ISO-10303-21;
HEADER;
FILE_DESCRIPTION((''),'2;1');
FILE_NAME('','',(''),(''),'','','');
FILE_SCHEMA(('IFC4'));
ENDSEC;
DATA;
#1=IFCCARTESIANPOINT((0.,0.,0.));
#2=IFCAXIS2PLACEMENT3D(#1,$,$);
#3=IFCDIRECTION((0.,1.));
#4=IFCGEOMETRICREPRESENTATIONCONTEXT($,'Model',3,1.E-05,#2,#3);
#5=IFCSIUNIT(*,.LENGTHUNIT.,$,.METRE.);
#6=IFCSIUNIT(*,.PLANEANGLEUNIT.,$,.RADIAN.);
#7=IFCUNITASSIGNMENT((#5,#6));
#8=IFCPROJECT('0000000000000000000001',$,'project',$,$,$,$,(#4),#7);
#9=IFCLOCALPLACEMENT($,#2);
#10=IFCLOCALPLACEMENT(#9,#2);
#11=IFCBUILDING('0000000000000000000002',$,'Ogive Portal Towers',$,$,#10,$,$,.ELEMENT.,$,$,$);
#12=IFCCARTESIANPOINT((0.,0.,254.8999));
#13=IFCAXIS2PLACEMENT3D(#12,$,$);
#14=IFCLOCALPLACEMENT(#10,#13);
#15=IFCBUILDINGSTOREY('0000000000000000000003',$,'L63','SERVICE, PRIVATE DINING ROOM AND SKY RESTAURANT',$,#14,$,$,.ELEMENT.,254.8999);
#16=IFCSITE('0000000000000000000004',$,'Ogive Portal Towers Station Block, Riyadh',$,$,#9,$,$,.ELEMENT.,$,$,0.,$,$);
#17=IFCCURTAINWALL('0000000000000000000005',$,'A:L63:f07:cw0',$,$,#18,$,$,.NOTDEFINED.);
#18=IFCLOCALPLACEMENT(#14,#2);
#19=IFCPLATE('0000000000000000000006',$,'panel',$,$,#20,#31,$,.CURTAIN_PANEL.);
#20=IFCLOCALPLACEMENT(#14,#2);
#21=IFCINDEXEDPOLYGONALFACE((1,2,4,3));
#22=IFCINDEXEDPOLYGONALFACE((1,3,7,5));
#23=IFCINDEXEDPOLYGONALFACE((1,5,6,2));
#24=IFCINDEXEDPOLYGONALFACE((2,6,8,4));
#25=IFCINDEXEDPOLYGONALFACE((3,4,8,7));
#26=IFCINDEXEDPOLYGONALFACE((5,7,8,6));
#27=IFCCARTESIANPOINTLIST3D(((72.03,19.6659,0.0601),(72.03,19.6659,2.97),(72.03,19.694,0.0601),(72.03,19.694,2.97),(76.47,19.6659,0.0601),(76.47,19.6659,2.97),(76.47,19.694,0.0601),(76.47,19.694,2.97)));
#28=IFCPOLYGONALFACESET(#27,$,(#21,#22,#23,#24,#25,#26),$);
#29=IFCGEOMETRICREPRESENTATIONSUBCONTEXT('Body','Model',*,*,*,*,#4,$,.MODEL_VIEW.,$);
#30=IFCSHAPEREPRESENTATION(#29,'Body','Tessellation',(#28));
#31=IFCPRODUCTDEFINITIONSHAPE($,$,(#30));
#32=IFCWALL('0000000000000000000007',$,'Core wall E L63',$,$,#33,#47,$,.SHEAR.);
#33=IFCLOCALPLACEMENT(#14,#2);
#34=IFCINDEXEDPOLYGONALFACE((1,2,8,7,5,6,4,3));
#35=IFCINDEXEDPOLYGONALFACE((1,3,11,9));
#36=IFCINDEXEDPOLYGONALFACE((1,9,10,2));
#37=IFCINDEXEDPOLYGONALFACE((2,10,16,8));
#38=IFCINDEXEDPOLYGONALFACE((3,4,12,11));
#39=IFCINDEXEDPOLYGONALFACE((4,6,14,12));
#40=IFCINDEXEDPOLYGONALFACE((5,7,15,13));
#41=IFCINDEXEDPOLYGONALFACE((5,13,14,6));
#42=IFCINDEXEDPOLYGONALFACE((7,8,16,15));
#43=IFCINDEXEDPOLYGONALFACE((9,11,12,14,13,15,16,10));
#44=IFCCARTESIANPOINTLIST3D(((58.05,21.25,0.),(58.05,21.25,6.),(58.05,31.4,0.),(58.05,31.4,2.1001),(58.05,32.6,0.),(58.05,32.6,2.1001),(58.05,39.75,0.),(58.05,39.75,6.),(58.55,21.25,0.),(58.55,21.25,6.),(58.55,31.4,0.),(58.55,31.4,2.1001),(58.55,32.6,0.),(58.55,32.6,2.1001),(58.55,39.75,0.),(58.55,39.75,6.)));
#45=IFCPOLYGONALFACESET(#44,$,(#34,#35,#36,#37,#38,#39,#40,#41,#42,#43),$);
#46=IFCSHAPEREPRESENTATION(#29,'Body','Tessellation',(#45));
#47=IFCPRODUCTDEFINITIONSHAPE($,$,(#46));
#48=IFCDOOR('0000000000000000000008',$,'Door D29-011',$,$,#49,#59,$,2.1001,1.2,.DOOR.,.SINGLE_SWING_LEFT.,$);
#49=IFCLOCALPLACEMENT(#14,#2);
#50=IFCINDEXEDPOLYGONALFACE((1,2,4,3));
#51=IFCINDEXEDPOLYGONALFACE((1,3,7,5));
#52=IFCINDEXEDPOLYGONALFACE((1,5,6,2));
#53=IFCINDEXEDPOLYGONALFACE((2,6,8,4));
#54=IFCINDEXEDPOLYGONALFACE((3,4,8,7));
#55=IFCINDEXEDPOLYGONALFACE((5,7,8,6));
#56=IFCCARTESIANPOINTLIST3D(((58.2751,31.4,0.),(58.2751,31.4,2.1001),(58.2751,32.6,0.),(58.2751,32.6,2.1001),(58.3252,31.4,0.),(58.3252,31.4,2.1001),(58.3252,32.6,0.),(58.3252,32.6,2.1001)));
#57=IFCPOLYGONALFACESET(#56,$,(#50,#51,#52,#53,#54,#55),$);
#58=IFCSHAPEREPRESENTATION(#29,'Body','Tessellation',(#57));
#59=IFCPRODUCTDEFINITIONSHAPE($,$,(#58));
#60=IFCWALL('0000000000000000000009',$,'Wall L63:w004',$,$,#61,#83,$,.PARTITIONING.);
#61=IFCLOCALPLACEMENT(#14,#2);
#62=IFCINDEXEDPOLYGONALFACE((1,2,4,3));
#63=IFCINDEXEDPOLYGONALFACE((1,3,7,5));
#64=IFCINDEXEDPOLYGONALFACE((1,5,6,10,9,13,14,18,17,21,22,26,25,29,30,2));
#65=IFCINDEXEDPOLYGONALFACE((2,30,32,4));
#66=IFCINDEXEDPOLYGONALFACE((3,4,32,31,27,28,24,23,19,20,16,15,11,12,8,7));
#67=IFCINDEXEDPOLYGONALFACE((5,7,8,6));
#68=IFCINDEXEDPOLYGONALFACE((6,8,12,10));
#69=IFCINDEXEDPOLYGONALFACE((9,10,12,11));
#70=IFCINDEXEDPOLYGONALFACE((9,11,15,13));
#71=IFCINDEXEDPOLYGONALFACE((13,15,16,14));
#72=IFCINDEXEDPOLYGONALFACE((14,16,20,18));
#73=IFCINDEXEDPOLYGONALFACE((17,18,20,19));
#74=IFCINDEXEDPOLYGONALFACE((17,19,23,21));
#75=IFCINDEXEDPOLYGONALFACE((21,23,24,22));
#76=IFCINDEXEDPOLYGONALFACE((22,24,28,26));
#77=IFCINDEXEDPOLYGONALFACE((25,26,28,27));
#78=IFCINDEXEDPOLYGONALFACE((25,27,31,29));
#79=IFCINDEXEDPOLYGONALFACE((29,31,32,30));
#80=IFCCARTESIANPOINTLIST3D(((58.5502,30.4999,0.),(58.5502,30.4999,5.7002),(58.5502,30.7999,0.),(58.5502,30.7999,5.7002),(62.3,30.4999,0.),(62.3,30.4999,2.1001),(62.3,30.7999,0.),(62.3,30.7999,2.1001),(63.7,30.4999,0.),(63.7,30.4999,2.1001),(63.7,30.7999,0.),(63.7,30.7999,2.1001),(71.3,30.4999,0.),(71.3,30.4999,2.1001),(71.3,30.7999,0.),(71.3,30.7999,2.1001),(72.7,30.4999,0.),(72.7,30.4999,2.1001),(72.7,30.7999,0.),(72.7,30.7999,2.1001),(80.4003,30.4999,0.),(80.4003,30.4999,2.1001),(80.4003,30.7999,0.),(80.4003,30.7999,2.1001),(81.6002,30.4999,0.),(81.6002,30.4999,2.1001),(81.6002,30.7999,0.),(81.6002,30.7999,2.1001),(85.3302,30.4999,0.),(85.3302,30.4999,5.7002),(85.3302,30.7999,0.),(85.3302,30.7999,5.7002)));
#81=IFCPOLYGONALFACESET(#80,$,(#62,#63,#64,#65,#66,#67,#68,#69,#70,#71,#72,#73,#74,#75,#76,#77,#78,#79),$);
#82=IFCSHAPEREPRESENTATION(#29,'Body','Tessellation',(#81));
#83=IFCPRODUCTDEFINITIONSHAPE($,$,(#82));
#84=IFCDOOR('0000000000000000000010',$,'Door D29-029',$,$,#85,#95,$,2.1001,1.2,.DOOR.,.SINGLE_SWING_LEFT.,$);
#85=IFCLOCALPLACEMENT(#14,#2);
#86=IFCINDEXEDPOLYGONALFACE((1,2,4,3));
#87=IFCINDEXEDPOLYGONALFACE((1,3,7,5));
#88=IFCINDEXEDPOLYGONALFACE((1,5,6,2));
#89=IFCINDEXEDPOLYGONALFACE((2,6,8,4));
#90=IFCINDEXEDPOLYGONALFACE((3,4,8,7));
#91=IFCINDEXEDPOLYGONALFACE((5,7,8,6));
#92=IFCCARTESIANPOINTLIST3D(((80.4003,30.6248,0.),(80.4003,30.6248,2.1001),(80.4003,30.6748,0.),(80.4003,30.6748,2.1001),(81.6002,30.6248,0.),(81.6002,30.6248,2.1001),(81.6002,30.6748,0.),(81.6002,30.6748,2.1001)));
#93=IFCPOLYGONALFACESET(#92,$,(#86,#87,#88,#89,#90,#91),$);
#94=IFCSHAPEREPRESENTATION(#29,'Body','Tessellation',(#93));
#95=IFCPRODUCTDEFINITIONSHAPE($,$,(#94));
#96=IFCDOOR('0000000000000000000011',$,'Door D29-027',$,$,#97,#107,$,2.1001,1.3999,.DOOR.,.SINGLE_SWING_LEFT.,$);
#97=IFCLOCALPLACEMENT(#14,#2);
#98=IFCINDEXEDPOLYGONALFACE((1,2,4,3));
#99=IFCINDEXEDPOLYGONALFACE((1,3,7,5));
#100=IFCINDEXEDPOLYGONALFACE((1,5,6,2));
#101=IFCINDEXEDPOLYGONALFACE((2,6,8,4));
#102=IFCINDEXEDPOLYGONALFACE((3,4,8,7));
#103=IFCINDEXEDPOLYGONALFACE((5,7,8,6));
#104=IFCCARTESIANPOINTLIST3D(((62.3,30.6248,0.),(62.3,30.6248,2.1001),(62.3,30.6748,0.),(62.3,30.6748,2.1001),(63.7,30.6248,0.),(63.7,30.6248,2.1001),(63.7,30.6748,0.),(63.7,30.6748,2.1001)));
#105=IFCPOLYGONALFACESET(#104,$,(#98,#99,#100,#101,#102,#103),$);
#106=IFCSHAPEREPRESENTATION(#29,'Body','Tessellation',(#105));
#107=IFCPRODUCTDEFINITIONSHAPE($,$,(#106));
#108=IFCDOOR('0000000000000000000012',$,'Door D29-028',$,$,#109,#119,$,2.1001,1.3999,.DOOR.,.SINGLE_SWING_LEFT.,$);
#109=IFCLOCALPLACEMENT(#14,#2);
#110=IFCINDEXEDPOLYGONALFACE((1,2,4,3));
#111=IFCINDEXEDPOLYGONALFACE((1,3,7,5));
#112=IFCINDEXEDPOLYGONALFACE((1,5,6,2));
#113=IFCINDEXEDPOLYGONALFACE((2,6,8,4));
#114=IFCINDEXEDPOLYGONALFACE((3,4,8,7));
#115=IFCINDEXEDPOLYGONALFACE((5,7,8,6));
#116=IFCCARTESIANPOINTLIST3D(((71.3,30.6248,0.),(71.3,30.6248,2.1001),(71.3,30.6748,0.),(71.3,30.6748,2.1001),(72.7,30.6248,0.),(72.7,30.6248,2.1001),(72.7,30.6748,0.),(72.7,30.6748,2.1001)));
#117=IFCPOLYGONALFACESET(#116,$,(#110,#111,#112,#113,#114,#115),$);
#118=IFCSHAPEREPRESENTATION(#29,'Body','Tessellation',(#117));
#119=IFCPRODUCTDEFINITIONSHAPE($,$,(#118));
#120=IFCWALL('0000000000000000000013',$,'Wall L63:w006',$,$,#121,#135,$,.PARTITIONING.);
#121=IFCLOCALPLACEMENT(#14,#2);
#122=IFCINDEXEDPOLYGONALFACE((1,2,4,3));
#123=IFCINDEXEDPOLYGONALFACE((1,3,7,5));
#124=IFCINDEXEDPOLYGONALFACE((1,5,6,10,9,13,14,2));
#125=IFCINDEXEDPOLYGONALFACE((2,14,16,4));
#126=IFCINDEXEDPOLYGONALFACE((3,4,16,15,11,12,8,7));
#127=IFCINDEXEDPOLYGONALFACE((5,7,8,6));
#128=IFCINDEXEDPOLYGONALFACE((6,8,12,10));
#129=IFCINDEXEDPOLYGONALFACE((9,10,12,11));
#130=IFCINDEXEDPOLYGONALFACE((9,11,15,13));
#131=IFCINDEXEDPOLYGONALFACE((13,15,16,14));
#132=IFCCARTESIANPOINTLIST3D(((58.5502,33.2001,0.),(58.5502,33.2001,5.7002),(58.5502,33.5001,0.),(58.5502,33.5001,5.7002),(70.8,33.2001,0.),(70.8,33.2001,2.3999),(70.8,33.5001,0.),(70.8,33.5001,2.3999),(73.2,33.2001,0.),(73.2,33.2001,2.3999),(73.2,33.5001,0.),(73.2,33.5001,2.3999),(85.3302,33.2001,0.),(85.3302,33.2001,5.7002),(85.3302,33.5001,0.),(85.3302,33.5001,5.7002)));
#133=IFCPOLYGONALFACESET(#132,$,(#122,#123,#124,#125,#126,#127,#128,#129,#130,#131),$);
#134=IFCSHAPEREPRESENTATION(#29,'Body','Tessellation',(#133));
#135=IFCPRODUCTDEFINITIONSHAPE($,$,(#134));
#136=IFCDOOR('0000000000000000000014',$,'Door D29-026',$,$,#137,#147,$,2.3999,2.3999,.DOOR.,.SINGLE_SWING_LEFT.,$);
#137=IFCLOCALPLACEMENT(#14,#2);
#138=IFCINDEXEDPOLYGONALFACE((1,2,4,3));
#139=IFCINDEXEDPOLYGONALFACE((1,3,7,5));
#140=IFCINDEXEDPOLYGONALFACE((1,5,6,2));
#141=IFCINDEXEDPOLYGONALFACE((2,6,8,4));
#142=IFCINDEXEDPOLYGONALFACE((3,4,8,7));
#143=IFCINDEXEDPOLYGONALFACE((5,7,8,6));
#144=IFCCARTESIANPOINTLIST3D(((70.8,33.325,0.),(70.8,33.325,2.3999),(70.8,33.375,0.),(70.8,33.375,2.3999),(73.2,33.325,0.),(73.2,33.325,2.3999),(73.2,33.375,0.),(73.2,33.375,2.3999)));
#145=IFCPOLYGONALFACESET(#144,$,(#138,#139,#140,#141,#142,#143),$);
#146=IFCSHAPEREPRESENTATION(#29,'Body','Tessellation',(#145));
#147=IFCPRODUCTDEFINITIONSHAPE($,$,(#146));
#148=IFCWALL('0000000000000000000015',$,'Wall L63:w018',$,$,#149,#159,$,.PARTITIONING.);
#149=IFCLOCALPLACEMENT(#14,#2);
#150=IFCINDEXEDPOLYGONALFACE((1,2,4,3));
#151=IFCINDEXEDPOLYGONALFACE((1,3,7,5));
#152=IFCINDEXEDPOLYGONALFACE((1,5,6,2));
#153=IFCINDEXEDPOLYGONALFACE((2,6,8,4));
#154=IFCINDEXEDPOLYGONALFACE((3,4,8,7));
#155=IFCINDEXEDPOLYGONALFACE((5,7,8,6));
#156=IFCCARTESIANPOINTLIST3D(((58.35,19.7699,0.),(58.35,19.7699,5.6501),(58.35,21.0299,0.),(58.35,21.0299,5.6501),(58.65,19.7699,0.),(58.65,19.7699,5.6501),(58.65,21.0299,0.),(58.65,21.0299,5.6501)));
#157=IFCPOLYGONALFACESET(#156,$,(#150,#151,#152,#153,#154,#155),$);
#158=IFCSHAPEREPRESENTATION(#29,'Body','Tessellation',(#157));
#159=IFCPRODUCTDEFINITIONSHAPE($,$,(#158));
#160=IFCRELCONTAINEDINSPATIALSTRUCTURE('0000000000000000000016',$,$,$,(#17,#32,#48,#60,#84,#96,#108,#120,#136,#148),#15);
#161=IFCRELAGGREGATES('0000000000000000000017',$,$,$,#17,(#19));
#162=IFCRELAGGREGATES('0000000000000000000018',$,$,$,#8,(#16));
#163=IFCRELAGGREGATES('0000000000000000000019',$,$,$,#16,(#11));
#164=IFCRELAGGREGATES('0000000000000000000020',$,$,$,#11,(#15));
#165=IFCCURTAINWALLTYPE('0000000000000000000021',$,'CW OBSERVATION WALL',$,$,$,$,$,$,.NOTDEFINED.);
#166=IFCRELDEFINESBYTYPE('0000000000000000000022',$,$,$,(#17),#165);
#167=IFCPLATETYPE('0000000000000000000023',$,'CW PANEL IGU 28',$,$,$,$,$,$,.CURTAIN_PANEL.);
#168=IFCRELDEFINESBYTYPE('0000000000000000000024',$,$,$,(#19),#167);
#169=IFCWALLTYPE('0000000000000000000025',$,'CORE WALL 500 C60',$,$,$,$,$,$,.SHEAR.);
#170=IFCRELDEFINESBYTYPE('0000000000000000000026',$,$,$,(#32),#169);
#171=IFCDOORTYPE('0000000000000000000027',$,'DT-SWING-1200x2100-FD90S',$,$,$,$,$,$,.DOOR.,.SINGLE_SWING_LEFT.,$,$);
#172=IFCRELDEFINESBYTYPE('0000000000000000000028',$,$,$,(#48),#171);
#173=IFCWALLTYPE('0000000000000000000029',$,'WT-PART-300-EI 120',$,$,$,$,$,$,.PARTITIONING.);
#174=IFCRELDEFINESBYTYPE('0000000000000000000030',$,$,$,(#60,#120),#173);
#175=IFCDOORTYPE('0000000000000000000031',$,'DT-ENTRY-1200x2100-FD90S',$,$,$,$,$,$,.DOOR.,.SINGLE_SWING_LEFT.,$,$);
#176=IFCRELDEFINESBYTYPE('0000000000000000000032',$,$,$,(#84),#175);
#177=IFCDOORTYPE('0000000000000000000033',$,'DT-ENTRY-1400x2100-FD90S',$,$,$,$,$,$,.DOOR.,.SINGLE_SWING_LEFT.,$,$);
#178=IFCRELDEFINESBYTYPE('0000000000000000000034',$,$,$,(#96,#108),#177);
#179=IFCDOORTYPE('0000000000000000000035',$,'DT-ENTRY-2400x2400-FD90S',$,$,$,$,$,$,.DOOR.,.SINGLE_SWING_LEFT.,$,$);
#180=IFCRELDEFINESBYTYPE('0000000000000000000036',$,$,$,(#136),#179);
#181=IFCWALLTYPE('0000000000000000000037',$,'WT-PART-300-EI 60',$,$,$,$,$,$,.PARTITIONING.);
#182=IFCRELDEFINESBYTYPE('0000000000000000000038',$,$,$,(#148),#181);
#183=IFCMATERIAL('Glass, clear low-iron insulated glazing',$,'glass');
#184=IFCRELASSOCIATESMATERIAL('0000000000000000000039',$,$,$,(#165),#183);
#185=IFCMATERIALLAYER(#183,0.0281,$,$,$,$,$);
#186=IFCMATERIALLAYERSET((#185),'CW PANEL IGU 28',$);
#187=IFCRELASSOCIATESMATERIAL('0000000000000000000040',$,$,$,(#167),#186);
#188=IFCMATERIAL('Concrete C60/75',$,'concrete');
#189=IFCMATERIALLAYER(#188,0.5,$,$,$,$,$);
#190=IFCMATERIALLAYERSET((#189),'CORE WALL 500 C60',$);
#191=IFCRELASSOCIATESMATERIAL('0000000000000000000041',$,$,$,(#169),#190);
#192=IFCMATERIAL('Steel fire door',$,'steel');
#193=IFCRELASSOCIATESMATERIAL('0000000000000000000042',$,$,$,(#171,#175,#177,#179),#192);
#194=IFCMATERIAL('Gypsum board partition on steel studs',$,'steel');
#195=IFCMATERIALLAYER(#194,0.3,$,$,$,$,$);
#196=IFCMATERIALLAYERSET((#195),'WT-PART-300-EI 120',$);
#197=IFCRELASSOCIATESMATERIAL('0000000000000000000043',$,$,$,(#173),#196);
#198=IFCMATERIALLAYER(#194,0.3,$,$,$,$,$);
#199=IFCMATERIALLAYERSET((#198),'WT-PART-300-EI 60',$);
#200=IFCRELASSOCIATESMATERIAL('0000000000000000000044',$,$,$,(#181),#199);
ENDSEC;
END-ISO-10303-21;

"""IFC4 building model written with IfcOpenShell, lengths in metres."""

from ifc_helpers import new_model, si_unit, direction, frame, frame_2d, origin, origin_2d, place, context, subcontext, project, spatial, rectangle, extrude, material, layer, layer_set, type_object, element, fill, aggregate, save


model = new_model("IFC4")

# Units and contexts
model_context = context("Model", 3, precision=1e-05, world=origin(), true_north=direction((0.0, 1.0)))
body_context = subcontext(model_context, "Body", "Model", "MODEL_VIEW")
ifc_project = project(units=[si_unit("LENGTHUNIT", "METRE"), si_unit("PLANEANGLEUNIT", "RADIAN")], contexts=[model_context])

# Site, building, storey
site_placement = place(None, origin())
site = spatial("IfcSite", under=ifc_project, at=site_placement, Name="Ogive Portal Towers Station Block, Riyadh", CompositionType="ELEMENT", RefElevation=0.0)
building_placement = place(site_placement, origin())
building = spatial("IfcBuilding", under=site, at=building_placement, Name="Ogive Portal Towers", CompositionType="ELEMENT")
storey_placement = place(building_placement, frame((0.0, 0.0, 254.8999)))
storey = spatial("IfcBuildingStorey", under=building, at=storey_placement, Name="L63", Description="SERVICE, PRIVATE DINING ROOM AND SKY RESTAURANT", CompositionType="ELEMENT", Elevation=254.8999)

# Shared definitions
ifc_material_1 = material(Name="Concrete C60/75", Category="concrete")

# Curtain wall, plate
ifc_material_2 = material(Name="Glass, clear low-iron insulated glazing", Category="glass")
curtain_wall_type = type_object("IfcCurtainWallType", Name="CW OBSERVATION WALL", PredefinedType="NOTDEFINED", material=ifc_material_2)
curtain_wall_placement = place(storey_placement, origin())
curtain_wall = element("IfcCurtainWall", 1, at=curtain_wall_placement, inside=storey, type_object=curtain_wall_type, Name="A:L63:f07:cw0", PredefinedType="NOTDEFINED")
ifc_layer_1 = layer(ifc_material_2, 0.0281)
ifc_layer_set_1 = layer_set([ifc_layer_1], Name="CW PANEL IGU 28")
plate_type = type_object("IfcPlateType", Name="CW PANEL IGU 28", PredefinedType="CURTAIN_PANEL", material=ifc_layer_set_1)
plate_1_placement = place(storey_placement, frame((74.25, 19.6799, 0.0601), z_axis=(0.0, 0.0, 1.0), x_axis=(1.0, 0.0, 0.0)))
plate_1 = element("IfcPlate", 2, at=plate_1_placement, type_object=plate_type, Name="panel", PredefinedType="CURTAIN_PANEL", context=body_context, shape_type="SweptSolid", body=[
    extrude(rectangle(XDim=4.4399, YDim=0.0281, at=origin_2d()), origin(), (0.0, 0.0, 1.0), 2.9099),
])
aggregate(curtain_wall, [plate_1])

# Wall, opening, door
ifc_layer_2 = layer(ifc_material_1, 0.5)
ifc_layer_set_2 = layer_set([ifc_layer_2], Name="CORE WALL 500 C60")
wall_type_1 = type_object("IfcWallType", Name="CORE WALL 500 C60", PredefinedType="SHEAR", material=ifc_layer_set_2)
wall_1_placement = place(storey_placement, frame((58.3, 21.25, 0.0), z_axis=(0.0, 0.0, 1.0), x_axis=(0.0, 1.0, 0.0)))
wall_1 = element("IfcWall", 3, at=wall_1_placement, inside=storey, type_object=wall_type_1, Name="Core wall E L63", PredefinedType="SHEAR", context=body_context, shape_type="SweptSolid", body=[
    extrude(rectangle(XDim=18.5, YDim=0.5, at=frame_2d((9.25, 0.0))), origin(), (0.0, 0.0, 1.0), 6.0),
])
opening_1_placement = place(wall_1_placement, frame((10.1499, 0.0, 0.0)))
opening_1 = element("IfcOpeningElement", 4, at=opening_1_placement, cuts=wall_1, PredefinedType="OPENING", context=body_context, shape_type="SweptSolid", body=[
    extrude(rectangle(XDim=1.2, YDim=2.1001, at=frame_2d((0.6001, 1.05))), frame((0.0, 0.26, 0.0), z_axis=(0.0, -1.0, 0.0), x_axis=(1.0, 0.0, 0.0)), (0.0, 0.0, 1.0), 0.52),
])
ifc_material_3 = material(Name="Steel fire door", Category="steel")
door_type_1 = type_object("IfcDoorType", Name="DT-SWING-1200x2100-FD90S", OperationType="SINGLE_SWING_LEFT", PredefinedType="DOOR", material=ifc_material_3)
door_1_placement = place(opening_1_placement, origin())
door_1 = element("IfcDoor", 5, at=door_1_placement, inside=storey, type_object=door_type_1, Name="Door D29-011", OperationType="SINGLE_SWING_LEFT", OverallHeight=2.1001, OverallWidth=1.2, PredefinedType="DOOR", context=body_context, shape_type="SweptSolid", body=[
    extrude(rectangle(XDim=1.2, YDim=2.1001, at=frame_2d((0.6001, 1.05))), frame((0.0, 0.0249, 0.0), z_axis=(0.0, -1.0, 0.0), x_axis=(1.0, 0.0, 0.0)), (0.0, 0.0, 1.0), 0.05),
])
fill(opening_1, door_1)

# Wall, openings, doors
ifc_material_4 = material(Name="Gypsum board partition on steel studs", Category="steel")
ifc_layer_3 = layer(ifc_material_4, 0.3)
ifc_layer_set_3 = layer_set([ifc_layer_3], Name="WT-PART-300-EI 120")
wall_type_2 = type_object("IfcWallType", Name="WT-PART-300-EI 120", PredefinedType="PARTITIONING", material=ifc_layer_set_3)
wall_2_placement = place(storey_placement, frame((58.55, 30.6499, 0.0), z_axis=(0.0, 0.0, 1.0), x_axis=(1.0, 0.0, 0.0)))
wall_2 = element("IfcWall", 6, at=wall_2_placement, inside=storey, type_object=wall_type_2, Name="Wall L63:w004", PredefinedType="PARTITIONING", context=body_context, shape_type="SweptSolid", body=[
    extrude(rectangle(XDim=26.78, YDim=0.3, at=frame_2d((13.3901, 0.0))), origin(), (0.0, 0.0, 1.0), 5.7002),
])
opening_2_placement = place(wall_2_placement, frame((3.75, 0.0, 0.0)))
opening_2 = element("IfcOpeningElement", 7, at=opening_2_placement, cuts=wall_2, PredefinedType="OPENING", context=body_context, shape_type="SweptSolid", body=[
    extrude(rectangle(XDim=1.3999, YDim=2.1001, at=frame_2d((0.7, 1.05))), frame((0.0, 0.1602, 0.0), z_axis=(0.0, -1.0, 0.0), x_axis=(1.0, 0.0, 0.0)), (0.0, 0.0, 1.0), 0.3201),
])
opening_3_placement = place(wall_2_placement, frame((12.75, 0.0, 0.0)))
opening_3 = element("IfcOpeningElement", 8, at=opening_3_placement, cuts=wall_2, PredefinedType="OPENING", context=body_context, shape_type="SweptSolid", body=[
    extrude(rectangle(XDim=1.3999, YDim=2.1001, at=frame_2d((0.7, 1.05))), frame((0.0, 0.1602, 0.0), z_axis=(0.0, -1.0, 0.0), x_axis=(1.0, 0.0, 0.0)), (0.0, 0.0, 1.0), 0.3201),
])
opening_4_placement = place(wall_2_placement, frame((21.8501, 0.0, 0.0)))
opening_4 = element("IfcOpeningElement", 9, at=opening_4_placement, cuts=wall_2, PredefinedType="OPENING", context=body_context, shape_type="SweptSolid", body=[
    extrude(rectangle(XDim=1.2, YDim=2.1001, at=frame_2d((0.6001, 1.05))), frame((0.0, 0.1602, 0.0), z_axis=(0.0, -1.0, 0.0), x_axis=(1.0, 0.0, 0.0)), (0.0, 0.0, 1.0), 0.3201),
])
door_type_2 = type_object("IfcDoorType", Name="DT-ENTRY-1200x2100-FD90S", OperationType="SINGLE_SWING_LEFT", PredefinedType="DOOR", material=ifc_material_3)
door_2_placement = place(opening_4_placement, origin())
door_2 = element("IfcDoor", 10, at=door_2_placement, inside=storey, type_object=door_type_2, Name="Door D29-029", OperationType="SINGLE_SWING_LEFT", OverallHeight=2.1001, OverallWidth=1.2, PredefinedType="DOOR", context=body_context, shape_type="SweptSolid", body=[
    extrude(rectangle(XDim=1.2, YDim=2.1001, at=frame_2d((0.6001, 1.05))), frame((0.0, 0.0249, 0.0), z_axis=(0.0, -1.0, 0.0), x_axis=(1.0, 0.0, 0.0)), (0.0, 0.0, 1.0), 0.05),
])
fill(opening_4, door_2)
door_type_3 = type_object("IfcDoorType", Name="DT-ENTRY-1400x2100-FD90S", OperationType="SINGLE_SWING_LEFT", PredefinedType="DOOR", material=ifc_material_3)
door_3_placement = place(opening_2_placement, origin())
door_3 = element("IfcDoor", 11, at=door_3_placement, inside=storey, type_object=door_type_3, Name="Door D29-027", OperationType="SINGLE_SWING_LEFT", OverallHeight=2.1001, OverallWidth=1.3999, PredefinedType="DOOR", context=body_context, shape_type="SweptSolid", body=[
    extrude(rectangle(XDim=1.3999, YDim=2.1001, at=frame_2d((0.7, 1.05))), frame((0.0, 0.0249, 0.0), z_axis=(0.0, -1.0, 0.0), x_axis=(1.0, 0.0, 0.0)), (0.0, 0.0, 1.0), 0.05),
])
fill(opening_2, door_3)
door_4_placement = place(opening_3_placement, origin())
door_4 = element("IfcDoor", 12, at=door_4_placement, inside=storey, type_object=door_type_3, Name="Door D29-028", OperationType="SINGLE_SWING_LEFT", OverallHeight=2.1001, OverallWidth=1.3999, PredefinedType="DOOR", context=body_context, shape_type="SweptSolid", body=[
    extrude(rectangle(XDim=1.3999, YDim=2.1001, at=frame_2d((0.7, 1.05))), frame((0.0, 0.0249, 0.0), z_axis=(0.0, -1.0, 0.0), x_axis=(1.0, 0.0, 0.0)), (0.0, 0.0, 1.0), 0.05),
])
fill(opening_3, door_4)

# Wall, opening, door
wall_3_placement = place(storey_placement, frame((58.55, 33.3501, 0.0), z_axis=(0.0, 0.0, 1.0), x_axis=(1.0, 0.0, 0.0)))
wall_3 = element("IfcWall", 13, at=wall_3_placement, inside=storey, type_object=wall_type_2, Name="Wall L63:w006", PredefinedType="PARTITIONING", context=body_context, shape_type="SweptSolid", body=[
    extrude(rectangle(XDim=26.78, YDim=0.3, at=frame_2d((13.3901, 0.0))), origin(), (0.0, 0.0, 1.0), 5.7002),
])
opening_5_placement = place(wall_3_placement, frame((12.25, 0.0, 0.0)))
opening_5 = element("IfcOpeningElement", 14, at=opening_5_placement, cuts=wall_3, PredefinedType="OPENING", context=body_context, shape_type="SweptSolid", body=[
    extrude(rectangle(XDim=2.3999, YDim=2.3999, at=frame_2d((1.2, 1.2))), frame((0.0, 0.1602, 0.0), z_axis=(0.0, -1.0, 0.0), x_axis=(1.0, 0.0, 0.0)), (0.0, 0.0, 1.0), 0.3201),
])
door_type_4 = type_object("IfcDoorType", Name="DT-ENTRY-2400x2400-FD90S", OperationType="SINGLE_SWING_LEFT", PredefinedType="DOOR", material=ifc_material_3)
door_5_placement = place(opening_5_placement, origin())
door_5 = element("IfcDoor", 15, at=door_5_placement, inside=storey, type_object=door_type_4, Name="Door D29-026", OperationType="SINGLE_SWING_LEFT", OverallHeight=2.3999, OverallWidth=2.3999, PredefinedType="DOOR", context=body_context, shape_type="SweptSolid", body=[
    extrude(rectangle(XDim=2.3999, YDim=2.3999, at=frame_2d((1.2, 1.2))), frame((0.0, 0.0249, 0.0), z_axis=(0.0, -1.0, 0.0), x_axis=(1.0, 0.0, 0.0)), (0.0, 0.0, 1.0), 0.05),
])
fill(opening_5, door_5)

# Wall
ifc_layer_4 = layer(ifc_material_4, 0.3)
ifc_layer_set_4 = layer_set([ifc_layer_4], Name="WT-PART-300-EI 60")
wall_type_3 = type_object("IfcWallType", Name="WT-PART-300-EI 60", PredefinedType="PARTITIONING", material=ifc_layer_set_4)
wall_4_placement = place(storey_placement, frame((58.5, 19.77, 0.0), z_axis=(0.0, 0.0, 1.0), x_axis=(0.0, 1.0, 0.0)))
element("IfcWall", 16, at=wall_4_placement, inside=storey, type_object=wall_type_3, Name="Wall L63:w018", PredefinedType="PARTITIONING", context=body_context, shape_type="SweptSolid", body=[
    extrude(rectangle(XDim=1.26, YDim=0.3, at=frame_2d((0.6299, 0.0))), origin(), (0.0, 0.0, 1.0), 5.6501),
])

save(model, "model.ifc")
